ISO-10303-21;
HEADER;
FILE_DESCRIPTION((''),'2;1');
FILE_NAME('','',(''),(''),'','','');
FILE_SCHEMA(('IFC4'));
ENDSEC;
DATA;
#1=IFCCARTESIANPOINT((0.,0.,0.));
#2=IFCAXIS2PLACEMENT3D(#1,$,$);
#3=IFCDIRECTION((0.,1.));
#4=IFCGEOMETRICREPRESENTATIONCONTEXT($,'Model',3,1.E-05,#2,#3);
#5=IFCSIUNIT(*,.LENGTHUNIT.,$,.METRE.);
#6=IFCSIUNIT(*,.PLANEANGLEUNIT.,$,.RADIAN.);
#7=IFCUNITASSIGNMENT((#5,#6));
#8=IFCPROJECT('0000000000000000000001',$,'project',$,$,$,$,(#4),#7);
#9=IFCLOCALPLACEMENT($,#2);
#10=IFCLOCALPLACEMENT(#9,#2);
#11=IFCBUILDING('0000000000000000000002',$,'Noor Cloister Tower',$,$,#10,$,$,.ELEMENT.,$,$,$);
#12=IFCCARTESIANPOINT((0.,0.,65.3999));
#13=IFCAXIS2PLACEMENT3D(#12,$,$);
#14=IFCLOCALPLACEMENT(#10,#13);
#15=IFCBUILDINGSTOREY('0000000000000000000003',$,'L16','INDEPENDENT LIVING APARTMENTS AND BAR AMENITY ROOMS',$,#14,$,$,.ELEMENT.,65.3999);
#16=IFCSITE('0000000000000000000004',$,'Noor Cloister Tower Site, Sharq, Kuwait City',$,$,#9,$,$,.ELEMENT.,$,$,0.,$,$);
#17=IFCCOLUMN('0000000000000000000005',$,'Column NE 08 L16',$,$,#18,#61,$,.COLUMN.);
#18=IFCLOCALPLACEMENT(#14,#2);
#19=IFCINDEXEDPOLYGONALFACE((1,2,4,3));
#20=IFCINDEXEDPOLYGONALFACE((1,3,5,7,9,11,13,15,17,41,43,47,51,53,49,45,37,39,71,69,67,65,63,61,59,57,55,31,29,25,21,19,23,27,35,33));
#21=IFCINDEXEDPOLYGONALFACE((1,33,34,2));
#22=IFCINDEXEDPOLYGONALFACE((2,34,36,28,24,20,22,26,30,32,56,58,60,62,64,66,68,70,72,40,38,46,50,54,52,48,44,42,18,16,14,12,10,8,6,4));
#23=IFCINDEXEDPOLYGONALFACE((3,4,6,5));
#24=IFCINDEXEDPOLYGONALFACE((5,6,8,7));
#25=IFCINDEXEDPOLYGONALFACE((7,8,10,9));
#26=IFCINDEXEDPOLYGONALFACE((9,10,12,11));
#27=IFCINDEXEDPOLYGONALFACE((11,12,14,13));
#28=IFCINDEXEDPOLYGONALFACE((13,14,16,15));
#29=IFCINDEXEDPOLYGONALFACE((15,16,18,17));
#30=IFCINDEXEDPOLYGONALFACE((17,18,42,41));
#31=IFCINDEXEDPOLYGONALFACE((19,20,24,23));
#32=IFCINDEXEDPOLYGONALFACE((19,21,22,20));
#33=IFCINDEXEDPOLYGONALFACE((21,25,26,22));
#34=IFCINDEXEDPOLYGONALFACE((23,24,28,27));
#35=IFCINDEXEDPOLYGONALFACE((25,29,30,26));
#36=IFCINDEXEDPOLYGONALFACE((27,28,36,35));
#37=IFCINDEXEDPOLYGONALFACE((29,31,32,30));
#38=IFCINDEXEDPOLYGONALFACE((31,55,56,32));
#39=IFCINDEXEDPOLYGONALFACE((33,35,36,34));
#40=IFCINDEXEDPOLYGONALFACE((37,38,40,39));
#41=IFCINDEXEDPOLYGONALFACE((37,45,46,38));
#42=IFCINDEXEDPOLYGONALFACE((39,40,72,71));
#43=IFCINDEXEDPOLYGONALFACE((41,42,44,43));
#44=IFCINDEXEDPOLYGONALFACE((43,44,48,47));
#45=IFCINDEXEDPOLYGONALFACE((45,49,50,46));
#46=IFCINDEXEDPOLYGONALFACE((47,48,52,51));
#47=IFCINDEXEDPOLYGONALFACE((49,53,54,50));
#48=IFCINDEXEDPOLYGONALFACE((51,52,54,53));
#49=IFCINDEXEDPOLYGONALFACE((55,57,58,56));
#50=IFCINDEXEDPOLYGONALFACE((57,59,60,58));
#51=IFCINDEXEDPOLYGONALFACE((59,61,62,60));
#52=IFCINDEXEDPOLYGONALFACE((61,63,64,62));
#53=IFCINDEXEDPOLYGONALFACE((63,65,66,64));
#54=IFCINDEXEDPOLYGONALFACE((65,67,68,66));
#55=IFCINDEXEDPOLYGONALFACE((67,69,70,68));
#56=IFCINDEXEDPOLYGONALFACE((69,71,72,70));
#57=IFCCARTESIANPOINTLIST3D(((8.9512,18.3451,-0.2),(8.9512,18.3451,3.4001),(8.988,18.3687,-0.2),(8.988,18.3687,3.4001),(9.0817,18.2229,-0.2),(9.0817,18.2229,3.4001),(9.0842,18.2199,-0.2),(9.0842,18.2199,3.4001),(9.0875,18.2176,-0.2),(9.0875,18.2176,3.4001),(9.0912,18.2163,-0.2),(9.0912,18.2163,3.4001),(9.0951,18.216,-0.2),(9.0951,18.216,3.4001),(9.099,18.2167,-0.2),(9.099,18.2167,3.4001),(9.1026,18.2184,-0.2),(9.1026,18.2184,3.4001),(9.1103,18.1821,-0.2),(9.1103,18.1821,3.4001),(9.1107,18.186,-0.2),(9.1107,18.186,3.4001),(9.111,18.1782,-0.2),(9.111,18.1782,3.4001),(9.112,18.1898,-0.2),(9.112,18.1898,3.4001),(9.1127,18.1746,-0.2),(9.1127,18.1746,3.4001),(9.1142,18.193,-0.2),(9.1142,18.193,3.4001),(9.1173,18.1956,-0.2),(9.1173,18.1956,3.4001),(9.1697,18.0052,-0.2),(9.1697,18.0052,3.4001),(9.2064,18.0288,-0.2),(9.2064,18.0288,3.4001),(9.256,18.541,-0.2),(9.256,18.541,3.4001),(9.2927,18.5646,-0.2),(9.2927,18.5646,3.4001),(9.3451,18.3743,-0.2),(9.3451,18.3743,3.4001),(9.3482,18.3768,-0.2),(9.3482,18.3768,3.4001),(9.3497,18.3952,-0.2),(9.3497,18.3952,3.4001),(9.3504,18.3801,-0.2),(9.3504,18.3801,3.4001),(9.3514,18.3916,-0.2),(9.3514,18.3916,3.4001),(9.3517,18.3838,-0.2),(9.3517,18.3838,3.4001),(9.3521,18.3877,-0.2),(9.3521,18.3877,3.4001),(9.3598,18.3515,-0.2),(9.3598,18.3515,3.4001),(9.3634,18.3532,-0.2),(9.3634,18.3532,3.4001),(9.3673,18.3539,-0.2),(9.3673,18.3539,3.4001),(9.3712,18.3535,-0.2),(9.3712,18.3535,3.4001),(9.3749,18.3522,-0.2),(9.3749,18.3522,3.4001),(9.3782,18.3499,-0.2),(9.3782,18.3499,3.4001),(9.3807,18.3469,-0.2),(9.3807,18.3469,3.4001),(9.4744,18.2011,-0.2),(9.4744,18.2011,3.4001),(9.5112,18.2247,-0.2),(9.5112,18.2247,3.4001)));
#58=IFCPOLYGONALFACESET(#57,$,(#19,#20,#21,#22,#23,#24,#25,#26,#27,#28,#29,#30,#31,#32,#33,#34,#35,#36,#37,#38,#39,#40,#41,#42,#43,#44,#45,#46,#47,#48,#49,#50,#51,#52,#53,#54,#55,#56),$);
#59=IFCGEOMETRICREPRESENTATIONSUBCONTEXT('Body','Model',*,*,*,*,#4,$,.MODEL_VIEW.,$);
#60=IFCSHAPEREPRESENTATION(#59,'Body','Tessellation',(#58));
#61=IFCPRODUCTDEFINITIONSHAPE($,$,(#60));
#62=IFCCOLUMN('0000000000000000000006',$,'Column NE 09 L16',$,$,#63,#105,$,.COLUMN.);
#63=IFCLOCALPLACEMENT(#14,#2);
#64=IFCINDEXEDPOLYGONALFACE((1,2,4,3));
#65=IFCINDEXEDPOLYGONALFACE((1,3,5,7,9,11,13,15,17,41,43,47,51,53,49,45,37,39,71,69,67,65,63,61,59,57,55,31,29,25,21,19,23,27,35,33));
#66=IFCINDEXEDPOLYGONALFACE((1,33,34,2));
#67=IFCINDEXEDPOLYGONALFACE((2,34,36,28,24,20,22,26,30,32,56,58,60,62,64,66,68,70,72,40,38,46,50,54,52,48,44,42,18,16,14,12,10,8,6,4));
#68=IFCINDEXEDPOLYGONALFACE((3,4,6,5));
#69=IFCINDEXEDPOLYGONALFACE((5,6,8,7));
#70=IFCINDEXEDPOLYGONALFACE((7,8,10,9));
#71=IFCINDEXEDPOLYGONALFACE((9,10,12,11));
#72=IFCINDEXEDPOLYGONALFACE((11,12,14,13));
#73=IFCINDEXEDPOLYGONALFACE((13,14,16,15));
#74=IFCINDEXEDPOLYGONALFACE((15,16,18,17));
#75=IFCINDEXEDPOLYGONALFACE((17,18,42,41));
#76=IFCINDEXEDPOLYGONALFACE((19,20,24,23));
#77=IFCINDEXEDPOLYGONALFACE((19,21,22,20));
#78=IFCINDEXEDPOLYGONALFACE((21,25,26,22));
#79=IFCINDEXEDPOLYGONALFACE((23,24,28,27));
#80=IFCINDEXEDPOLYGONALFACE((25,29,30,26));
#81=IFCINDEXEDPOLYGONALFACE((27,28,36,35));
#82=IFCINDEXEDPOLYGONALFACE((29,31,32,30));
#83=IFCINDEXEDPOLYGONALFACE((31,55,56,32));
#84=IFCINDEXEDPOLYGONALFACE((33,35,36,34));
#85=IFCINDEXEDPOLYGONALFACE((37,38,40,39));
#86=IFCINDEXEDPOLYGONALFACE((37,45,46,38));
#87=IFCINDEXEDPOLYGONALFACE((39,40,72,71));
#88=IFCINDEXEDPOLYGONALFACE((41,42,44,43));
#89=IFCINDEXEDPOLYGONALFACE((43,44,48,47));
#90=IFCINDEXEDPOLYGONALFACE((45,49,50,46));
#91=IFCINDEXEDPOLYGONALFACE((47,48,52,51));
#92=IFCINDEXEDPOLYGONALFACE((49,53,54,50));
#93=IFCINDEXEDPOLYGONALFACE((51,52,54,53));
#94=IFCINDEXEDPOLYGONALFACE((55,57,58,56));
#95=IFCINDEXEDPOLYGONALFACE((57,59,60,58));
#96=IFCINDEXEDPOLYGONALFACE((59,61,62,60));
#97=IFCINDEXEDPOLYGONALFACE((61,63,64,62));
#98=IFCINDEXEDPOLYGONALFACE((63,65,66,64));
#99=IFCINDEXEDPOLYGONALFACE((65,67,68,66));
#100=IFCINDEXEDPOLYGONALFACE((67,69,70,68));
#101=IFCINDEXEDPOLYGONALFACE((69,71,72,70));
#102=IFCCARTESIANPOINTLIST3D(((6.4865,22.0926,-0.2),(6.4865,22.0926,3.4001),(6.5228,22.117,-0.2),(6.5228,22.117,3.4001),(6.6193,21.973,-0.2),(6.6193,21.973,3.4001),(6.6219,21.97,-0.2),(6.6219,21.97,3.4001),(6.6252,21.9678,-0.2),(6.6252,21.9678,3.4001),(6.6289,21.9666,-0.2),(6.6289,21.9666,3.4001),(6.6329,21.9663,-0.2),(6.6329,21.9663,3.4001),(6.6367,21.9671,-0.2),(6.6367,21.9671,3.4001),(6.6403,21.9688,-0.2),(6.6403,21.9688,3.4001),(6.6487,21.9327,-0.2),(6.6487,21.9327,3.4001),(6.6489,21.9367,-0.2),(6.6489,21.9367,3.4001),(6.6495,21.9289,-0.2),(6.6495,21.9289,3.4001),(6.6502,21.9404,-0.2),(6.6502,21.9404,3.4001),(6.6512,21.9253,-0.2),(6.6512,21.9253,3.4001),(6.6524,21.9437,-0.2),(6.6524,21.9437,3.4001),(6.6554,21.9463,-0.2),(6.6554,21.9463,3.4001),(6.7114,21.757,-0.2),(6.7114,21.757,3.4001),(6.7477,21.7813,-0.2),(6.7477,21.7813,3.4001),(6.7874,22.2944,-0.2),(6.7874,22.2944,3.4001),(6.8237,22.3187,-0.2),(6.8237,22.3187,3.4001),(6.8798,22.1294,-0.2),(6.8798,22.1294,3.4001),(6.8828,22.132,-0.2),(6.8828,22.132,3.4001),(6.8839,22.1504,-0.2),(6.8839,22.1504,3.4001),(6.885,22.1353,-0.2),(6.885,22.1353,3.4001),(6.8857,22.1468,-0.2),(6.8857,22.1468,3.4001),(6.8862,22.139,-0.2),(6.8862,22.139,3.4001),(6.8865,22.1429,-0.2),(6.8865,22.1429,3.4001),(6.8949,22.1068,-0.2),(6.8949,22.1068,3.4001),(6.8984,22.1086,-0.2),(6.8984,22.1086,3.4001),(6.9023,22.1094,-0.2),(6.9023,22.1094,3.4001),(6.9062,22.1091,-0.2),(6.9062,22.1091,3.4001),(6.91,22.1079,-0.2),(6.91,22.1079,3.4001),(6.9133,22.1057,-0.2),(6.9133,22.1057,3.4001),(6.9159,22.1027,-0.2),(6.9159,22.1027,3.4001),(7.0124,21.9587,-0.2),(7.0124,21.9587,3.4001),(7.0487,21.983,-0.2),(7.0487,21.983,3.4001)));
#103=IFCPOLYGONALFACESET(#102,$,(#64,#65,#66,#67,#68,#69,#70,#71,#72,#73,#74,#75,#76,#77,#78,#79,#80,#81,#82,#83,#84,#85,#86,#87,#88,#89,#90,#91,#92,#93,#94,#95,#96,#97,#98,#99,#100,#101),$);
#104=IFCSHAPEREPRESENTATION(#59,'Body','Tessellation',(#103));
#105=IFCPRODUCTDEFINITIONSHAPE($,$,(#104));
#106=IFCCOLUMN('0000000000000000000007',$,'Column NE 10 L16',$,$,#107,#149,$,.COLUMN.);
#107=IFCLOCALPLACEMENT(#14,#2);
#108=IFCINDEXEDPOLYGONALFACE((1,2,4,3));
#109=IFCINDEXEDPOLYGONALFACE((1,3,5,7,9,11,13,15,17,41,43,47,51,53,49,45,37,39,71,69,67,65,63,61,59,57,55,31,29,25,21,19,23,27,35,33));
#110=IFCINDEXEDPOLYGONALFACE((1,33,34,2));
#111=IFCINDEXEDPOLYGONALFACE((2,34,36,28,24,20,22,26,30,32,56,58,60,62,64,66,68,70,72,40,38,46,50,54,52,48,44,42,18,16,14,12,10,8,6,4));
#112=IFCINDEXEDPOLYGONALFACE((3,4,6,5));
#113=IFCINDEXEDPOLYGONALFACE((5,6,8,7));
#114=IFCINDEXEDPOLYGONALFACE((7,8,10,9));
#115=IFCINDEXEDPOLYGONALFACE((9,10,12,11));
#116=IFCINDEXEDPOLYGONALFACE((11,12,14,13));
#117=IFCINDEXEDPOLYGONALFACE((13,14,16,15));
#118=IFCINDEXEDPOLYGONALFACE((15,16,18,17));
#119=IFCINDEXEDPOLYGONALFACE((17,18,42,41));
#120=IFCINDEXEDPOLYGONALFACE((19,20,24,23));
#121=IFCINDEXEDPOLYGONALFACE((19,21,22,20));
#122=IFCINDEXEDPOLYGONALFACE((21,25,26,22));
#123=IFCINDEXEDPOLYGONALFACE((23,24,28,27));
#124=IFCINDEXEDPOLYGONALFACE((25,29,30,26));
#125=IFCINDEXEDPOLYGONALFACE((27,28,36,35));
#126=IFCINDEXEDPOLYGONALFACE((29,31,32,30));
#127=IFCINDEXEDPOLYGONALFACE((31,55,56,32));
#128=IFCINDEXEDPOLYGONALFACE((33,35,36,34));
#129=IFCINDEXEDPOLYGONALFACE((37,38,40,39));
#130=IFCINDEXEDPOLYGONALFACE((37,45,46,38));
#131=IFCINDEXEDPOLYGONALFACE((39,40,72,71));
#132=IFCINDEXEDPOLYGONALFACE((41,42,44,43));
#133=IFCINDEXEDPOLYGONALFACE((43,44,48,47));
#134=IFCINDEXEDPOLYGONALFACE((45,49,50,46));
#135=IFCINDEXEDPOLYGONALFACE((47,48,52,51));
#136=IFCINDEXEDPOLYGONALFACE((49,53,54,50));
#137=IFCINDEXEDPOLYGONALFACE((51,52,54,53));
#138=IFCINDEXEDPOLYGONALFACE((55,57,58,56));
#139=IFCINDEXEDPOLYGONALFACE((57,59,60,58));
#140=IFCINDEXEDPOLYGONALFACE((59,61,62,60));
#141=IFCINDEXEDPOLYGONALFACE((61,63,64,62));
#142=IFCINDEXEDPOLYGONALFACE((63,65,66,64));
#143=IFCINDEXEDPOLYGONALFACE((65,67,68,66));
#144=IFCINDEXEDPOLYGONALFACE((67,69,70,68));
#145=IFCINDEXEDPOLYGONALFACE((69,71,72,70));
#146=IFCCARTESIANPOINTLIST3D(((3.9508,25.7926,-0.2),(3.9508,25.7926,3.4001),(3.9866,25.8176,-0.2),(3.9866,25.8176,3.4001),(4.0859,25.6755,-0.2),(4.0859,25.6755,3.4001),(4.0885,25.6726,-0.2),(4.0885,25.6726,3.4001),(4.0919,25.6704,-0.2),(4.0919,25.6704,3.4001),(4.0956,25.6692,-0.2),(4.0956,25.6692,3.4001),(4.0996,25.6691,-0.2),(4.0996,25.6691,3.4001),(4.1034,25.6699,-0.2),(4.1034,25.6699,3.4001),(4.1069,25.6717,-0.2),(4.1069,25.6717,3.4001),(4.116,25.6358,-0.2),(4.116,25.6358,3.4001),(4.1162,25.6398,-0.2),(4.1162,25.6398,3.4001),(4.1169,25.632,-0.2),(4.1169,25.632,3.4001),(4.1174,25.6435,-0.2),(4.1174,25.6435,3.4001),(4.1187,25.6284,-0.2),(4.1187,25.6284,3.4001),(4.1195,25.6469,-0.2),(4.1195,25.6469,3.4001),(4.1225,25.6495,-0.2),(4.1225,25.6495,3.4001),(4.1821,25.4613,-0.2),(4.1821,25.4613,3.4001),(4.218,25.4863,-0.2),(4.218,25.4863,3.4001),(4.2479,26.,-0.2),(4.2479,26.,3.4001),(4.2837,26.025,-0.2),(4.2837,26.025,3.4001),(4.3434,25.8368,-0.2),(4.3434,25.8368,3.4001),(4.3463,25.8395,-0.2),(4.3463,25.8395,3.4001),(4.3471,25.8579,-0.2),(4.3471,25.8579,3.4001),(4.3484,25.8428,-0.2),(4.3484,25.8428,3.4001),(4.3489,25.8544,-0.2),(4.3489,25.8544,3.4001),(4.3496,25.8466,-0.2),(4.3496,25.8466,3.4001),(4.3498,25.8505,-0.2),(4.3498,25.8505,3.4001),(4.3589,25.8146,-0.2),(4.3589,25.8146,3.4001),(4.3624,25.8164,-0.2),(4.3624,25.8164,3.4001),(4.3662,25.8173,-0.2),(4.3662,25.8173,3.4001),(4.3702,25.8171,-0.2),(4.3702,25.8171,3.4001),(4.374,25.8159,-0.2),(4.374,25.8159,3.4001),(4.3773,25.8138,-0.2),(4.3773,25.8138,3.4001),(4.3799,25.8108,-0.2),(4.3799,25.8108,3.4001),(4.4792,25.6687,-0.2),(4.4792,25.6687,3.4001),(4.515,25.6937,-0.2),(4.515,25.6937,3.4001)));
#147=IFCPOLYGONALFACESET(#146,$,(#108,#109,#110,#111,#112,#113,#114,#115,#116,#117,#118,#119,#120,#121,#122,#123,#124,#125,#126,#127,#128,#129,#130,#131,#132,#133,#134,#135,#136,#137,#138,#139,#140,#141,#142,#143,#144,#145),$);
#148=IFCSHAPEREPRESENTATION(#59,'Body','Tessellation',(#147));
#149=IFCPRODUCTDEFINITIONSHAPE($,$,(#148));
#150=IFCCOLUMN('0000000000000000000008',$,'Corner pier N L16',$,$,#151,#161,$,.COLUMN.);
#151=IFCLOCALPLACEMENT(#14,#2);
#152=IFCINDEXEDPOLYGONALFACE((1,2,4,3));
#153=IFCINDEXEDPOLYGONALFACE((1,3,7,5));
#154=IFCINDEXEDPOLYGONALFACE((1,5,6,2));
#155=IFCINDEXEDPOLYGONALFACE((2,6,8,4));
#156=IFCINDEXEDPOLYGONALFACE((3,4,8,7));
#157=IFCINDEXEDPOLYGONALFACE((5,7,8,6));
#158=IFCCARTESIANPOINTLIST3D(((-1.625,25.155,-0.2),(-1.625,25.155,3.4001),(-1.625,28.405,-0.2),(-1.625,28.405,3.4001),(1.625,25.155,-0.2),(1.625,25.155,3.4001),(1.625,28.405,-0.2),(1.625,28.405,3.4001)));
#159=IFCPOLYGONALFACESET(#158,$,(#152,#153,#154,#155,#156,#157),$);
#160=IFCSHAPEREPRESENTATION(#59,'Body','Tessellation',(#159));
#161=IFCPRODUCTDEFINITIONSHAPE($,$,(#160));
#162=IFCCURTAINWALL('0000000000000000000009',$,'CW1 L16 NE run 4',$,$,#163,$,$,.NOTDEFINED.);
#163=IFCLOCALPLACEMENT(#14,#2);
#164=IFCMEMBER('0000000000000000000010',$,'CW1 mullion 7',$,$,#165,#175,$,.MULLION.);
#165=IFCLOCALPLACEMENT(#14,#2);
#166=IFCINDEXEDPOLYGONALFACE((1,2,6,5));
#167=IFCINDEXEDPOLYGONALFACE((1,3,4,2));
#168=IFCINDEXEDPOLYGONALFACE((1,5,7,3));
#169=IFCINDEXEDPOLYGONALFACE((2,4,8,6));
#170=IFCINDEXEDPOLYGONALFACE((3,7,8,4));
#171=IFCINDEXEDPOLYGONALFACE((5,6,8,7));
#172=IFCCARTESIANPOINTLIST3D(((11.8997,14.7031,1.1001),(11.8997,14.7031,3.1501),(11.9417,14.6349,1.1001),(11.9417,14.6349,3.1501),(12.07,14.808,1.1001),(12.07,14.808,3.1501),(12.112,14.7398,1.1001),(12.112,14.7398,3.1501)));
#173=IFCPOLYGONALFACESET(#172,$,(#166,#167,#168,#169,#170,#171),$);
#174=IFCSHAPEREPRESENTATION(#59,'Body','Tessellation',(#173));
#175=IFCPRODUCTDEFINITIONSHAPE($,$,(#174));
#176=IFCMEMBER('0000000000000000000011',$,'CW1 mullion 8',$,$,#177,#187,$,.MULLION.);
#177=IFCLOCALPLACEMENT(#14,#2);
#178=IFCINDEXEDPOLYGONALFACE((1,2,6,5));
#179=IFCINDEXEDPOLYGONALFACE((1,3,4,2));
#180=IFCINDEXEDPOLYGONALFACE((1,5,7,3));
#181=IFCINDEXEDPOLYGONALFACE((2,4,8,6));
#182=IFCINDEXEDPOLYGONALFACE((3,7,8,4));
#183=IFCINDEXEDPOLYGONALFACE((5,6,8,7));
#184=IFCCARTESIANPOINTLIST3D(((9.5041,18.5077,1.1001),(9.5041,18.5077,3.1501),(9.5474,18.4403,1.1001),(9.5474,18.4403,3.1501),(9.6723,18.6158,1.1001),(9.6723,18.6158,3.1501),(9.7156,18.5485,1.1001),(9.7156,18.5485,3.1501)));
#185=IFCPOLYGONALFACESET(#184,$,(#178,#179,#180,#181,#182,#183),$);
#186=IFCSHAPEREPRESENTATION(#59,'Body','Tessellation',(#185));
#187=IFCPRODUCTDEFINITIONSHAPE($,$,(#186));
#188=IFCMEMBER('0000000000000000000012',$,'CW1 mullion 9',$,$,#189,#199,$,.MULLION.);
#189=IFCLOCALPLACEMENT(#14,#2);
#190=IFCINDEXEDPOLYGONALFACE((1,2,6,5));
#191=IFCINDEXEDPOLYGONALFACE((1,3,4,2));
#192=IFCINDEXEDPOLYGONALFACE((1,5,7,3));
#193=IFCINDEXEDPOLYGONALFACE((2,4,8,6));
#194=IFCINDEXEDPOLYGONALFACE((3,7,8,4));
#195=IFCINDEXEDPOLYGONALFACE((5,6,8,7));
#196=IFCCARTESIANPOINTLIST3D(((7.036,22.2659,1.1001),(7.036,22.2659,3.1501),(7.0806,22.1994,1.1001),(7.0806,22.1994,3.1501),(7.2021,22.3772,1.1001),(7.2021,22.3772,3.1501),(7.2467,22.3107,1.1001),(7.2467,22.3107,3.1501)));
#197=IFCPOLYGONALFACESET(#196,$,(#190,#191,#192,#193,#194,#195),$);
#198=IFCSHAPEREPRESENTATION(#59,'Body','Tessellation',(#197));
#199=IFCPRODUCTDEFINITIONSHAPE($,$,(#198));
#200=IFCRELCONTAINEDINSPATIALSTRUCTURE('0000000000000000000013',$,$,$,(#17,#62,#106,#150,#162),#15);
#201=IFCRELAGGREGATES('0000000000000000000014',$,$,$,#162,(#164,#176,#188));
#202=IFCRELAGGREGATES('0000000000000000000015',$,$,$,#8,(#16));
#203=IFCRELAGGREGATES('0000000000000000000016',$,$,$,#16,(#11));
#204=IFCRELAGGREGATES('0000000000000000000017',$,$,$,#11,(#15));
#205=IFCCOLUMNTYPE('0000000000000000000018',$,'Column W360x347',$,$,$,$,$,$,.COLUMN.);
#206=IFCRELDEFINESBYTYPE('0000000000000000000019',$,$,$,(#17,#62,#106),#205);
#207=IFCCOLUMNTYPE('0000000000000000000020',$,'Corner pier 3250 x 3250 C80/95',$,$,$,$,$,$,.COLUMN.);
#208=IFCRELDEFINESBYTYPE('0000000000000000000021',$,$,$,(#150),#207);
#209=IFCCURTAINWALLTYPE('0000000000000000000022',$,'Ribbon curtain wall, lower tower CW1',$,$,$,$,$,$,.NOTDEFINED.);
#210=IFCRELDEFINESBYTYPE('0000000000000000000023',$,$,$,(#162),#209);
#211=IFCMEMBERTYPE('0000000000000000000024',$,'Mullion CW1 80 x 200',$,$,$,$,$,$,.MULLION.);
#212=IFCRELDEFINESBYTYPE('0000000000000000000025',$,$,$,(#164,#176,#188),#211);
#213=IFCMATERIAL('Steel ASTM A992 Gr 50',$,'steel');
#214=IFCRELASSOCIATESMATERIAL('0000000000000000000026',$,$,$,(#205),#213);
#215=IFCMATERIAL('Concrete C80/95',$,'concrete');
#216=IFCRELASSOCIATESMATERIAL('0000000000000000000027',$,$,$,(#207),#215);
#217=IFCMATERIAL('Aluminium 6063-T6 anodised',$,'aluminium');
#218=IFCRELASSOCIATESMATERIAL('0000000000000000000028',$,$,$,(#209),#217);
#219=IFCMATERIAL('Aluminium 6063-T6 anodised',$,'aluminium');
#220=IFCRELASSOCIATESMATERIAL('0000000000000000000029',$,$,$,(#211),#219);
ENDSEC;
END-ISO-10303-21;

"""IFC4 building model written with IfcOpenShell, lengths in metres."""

from ifc_helpers import new_model, si_unit, direction, frame, origin, origin_2d, place, context, subcontext, project, spatial, rectangle, i_section, extrude, material, material_profile, profile_set, type_object, element, aggregate, save


model = new_model("IFC4")

# Units and contexts
model_context = context("Model", 3, precision=1e-05, world=origin(), true_north=direction((0.0, 1.0)))
body_context = subcontext(model_context, "Body", "Model", "MODEL_VIEW")
ifc_project = project(units=[si_unit("LENGTHUNIT", "METRE"), si_unit("PLANEANGLEUNIT", "RADIAN")], contexts=[model_context])

# Site, building, storey
site_placement = place(None, origin())
site = spatial("IfcSite", under=ifc_project, at=site_placement, Name="Noor Cloister Tower Site, Sharq, Kuwait City", CompositionType="ELEMENT", RefElevation=0.0)
building_placement = place(site_placement, origin())
building = spatial("IfcBuilding", under=site, at=building_placement, Name="Noor Cloister Tower", CompositionType="ELEMENT")
storey_placement = place(building_placement, frame((0.0, 0.0, 65.3999)))
storey = spatial("IfcBuildingStorey", under=building, at=storey_placement, Name="L16", Description="INDEPENDENT LIVING APARTMENTS AND BAR AMENITY ROOMS", CompositionType="ELEMENT", Elevation=65.3999)

# Columns
ifc_material_1 = material(Name="Steel ASTM A992 Gr 50", Category="steel")
ifc_material_profile_1 = material_profile(ifc_material_1, i_section(OverallWidth=0.4041, OverallDepth=0.406, WebThickness=0.0271, FlangeThickness=0.0437, FilletRadius=0.0151, at=origin_2d()), Name="W360x347")
ifc_profile_set_1 = profile_set([ifc_material_profile_1], Name="Steel ASTM A992 Gr 50")
column_type_1 = type_object("IfcColumnType", Name="Column W360x347", PredefinedType="COLUMN", material=ifc_profile_set_1)
for number, where, z_axis, x_axis, name in (
    (1, (9.2312, 18.2849, -0.2), (0.0, 0.0, 1.0), (-0.540759, 0.841177, 0.0), "Column NE 08 L16"),
    (2, (6.7676, 22.0378, -0.2), (0.0, 0.0, 1.0), (-0.556723, 0.830698, 0.0), "Column NE 09 L16"),
    (3, (4.2329, 25.7432, -0.2), (0.0, 0.0, 1.0), (-0.572484, 0.819916, 0.0), "Column NE 10 L16"),
):
    element("IfcColumn", number, at=place(storey_placement, frame(where, z_axis=z_axis, x_axis=x_axis)), inside=storey, type_object=column_type_1, Name=name, PredefinedType="COLUMN", context=body_context, shape_type="SweptSolid", body=[
        extrude(i_section(OverallWidth=0.4041, OverallDepth=0.406, WebThickness=0.0271, FlangeThickness=0.0437, FilletRadius=0.0151, at=origin_2d()), origin(), (0.0, 0.0, 1.0), 3.6001),
    ])
ifc_material_2 = material(Name="Concrete C80/95", Category="concrete")
ifc_material_profile_2 = material_profile(ifc_material_2, rectangle(XDim=3.25, YDim=3.25, at=origin_2d()), Name="RC 3250x3250")
ifc_profile_set_2 = profile_set([ifc_material_profile_2], Name="Concrete C80/95")
column_type_2 = type_object("IfcColumnType", Name="Corner pier 3250 x 3250 C80/95", PredefinedType="COLUMN", material=ifc_profile_set_2)
column_placement = place(storey_placement, frame((0.0, 26.78, -0.2), z_axis=(0.0, 0.0, 1.0), x_axis=(0.0, 1.0, 0.0)))
element("IfcColumn", 4, at=column_placement, inside=storey, type_object=column_type_2, Name="Corner pier N L16", PredefinedType="COLUMN", context=body_context, shape_type="SweptSolid", body=[
    extrude(rectangle(XDim=3.25, YDim=3.25, at=origin_2d()), origin(), (0.0, 0.0, 1.0), 3.6001),
])

# Curtain wall, members
ifc_material_3 = material(Name="Aluminium 6063-T6 anodised", Category="aluminium")
curtain_wall_type = type_object("IfcCurtainWallType", Name="Ribbon curtain wall, lower tower CW1", PredefinedType="NOTDEFINED", material=ifc_material_3)
curtain_wall_placement = place(storey_placement, origin())
curtain_wall = element("IfcCurtainWall", 5, at=curtain_wall_placement, inside=storey, type_object=curtain_wall_type, Name="CW1 L16 NE run 4", PredefinedType="NOTDEFINED")
ifc_material_4 = material(Name="Aluminium 6063-T6 anodised", Category="aluminium")
ifc_material_profile_3 = material_profile(ifc_material_4, rectangle(XDim=0.2, YDim=0.0801, at=origin_2d()), Name="200 x 80 mullion")
ifc_profile_set_3 = profile_set([ifc_material_profile_3], Name="Aluminium 6063-T6 anodised")
member_type = type_object("IfcMemberType", Name="Mullion CW1 80 x 200", PredefinedType="MULLION", material=ifc_profile_set_3)
member_1_placement = place(storey_placement, frame((12.0059, 14.7214, 1.1001), z_axis=(0.0, 0.0, 1.0), x_axis=(-0.85135, -0.524598, 0.0)))
member_1 = element("IfcMember", 6, at=member_1_placement, type_object=member_type, Name="CW1 mullion 7", PredefinedType="MULLION", context=body_context, shape_type="SweptSolid", body=[
    extrude(rectangle(XDim=0.2, YDim=0.0801, at=origin_2d()), origin(), (0.0, 0.0, 1.0), 2.05),
])
member_2_placement = place(storey_placement, frame((9.6099, 18.5281, 1.1001), z_axis=(0.0, 0.0, 1.0), x_axis=(-0.841177, -0.540759, 0.0)))
member_2 = element("IfcMember", 7, at=member_2_placement, type_object=member_type, Name="CW1 mullion 8", PredefinedType="MULLION", context=body_context, shape_type="SweptSolid", body=[
    extrude(rectangle(XDim=0.2, YDim=0.0801, at=origin_2d()), origin(), (0.0, 0.0, 1.0), 2.05),
])
member_3_placement = place(storey_placement, frame((7.1414, 22.2883, 1.1001), z_axis=(0.0, 0.0, 1.0), x_axis=(-0.830698, -0.556723, 0.0)))
member_3 = element("IfcMember", 8, at=member_3_placement, type_object=member_type, Name="CW1 mullion 9", PredefinedType="MULLION", context=body_context, shape_type="SweptSolid", body=[
    extrude(rectangle(XDim=0.2, YDim=0.0801, at=origin_2d()), origin(), (0.0, 0.0, 1.0), 2.05),
])

aggregate(curtain_wall, [member_1, member_2, member_3])

save(model, "model.ifc")
